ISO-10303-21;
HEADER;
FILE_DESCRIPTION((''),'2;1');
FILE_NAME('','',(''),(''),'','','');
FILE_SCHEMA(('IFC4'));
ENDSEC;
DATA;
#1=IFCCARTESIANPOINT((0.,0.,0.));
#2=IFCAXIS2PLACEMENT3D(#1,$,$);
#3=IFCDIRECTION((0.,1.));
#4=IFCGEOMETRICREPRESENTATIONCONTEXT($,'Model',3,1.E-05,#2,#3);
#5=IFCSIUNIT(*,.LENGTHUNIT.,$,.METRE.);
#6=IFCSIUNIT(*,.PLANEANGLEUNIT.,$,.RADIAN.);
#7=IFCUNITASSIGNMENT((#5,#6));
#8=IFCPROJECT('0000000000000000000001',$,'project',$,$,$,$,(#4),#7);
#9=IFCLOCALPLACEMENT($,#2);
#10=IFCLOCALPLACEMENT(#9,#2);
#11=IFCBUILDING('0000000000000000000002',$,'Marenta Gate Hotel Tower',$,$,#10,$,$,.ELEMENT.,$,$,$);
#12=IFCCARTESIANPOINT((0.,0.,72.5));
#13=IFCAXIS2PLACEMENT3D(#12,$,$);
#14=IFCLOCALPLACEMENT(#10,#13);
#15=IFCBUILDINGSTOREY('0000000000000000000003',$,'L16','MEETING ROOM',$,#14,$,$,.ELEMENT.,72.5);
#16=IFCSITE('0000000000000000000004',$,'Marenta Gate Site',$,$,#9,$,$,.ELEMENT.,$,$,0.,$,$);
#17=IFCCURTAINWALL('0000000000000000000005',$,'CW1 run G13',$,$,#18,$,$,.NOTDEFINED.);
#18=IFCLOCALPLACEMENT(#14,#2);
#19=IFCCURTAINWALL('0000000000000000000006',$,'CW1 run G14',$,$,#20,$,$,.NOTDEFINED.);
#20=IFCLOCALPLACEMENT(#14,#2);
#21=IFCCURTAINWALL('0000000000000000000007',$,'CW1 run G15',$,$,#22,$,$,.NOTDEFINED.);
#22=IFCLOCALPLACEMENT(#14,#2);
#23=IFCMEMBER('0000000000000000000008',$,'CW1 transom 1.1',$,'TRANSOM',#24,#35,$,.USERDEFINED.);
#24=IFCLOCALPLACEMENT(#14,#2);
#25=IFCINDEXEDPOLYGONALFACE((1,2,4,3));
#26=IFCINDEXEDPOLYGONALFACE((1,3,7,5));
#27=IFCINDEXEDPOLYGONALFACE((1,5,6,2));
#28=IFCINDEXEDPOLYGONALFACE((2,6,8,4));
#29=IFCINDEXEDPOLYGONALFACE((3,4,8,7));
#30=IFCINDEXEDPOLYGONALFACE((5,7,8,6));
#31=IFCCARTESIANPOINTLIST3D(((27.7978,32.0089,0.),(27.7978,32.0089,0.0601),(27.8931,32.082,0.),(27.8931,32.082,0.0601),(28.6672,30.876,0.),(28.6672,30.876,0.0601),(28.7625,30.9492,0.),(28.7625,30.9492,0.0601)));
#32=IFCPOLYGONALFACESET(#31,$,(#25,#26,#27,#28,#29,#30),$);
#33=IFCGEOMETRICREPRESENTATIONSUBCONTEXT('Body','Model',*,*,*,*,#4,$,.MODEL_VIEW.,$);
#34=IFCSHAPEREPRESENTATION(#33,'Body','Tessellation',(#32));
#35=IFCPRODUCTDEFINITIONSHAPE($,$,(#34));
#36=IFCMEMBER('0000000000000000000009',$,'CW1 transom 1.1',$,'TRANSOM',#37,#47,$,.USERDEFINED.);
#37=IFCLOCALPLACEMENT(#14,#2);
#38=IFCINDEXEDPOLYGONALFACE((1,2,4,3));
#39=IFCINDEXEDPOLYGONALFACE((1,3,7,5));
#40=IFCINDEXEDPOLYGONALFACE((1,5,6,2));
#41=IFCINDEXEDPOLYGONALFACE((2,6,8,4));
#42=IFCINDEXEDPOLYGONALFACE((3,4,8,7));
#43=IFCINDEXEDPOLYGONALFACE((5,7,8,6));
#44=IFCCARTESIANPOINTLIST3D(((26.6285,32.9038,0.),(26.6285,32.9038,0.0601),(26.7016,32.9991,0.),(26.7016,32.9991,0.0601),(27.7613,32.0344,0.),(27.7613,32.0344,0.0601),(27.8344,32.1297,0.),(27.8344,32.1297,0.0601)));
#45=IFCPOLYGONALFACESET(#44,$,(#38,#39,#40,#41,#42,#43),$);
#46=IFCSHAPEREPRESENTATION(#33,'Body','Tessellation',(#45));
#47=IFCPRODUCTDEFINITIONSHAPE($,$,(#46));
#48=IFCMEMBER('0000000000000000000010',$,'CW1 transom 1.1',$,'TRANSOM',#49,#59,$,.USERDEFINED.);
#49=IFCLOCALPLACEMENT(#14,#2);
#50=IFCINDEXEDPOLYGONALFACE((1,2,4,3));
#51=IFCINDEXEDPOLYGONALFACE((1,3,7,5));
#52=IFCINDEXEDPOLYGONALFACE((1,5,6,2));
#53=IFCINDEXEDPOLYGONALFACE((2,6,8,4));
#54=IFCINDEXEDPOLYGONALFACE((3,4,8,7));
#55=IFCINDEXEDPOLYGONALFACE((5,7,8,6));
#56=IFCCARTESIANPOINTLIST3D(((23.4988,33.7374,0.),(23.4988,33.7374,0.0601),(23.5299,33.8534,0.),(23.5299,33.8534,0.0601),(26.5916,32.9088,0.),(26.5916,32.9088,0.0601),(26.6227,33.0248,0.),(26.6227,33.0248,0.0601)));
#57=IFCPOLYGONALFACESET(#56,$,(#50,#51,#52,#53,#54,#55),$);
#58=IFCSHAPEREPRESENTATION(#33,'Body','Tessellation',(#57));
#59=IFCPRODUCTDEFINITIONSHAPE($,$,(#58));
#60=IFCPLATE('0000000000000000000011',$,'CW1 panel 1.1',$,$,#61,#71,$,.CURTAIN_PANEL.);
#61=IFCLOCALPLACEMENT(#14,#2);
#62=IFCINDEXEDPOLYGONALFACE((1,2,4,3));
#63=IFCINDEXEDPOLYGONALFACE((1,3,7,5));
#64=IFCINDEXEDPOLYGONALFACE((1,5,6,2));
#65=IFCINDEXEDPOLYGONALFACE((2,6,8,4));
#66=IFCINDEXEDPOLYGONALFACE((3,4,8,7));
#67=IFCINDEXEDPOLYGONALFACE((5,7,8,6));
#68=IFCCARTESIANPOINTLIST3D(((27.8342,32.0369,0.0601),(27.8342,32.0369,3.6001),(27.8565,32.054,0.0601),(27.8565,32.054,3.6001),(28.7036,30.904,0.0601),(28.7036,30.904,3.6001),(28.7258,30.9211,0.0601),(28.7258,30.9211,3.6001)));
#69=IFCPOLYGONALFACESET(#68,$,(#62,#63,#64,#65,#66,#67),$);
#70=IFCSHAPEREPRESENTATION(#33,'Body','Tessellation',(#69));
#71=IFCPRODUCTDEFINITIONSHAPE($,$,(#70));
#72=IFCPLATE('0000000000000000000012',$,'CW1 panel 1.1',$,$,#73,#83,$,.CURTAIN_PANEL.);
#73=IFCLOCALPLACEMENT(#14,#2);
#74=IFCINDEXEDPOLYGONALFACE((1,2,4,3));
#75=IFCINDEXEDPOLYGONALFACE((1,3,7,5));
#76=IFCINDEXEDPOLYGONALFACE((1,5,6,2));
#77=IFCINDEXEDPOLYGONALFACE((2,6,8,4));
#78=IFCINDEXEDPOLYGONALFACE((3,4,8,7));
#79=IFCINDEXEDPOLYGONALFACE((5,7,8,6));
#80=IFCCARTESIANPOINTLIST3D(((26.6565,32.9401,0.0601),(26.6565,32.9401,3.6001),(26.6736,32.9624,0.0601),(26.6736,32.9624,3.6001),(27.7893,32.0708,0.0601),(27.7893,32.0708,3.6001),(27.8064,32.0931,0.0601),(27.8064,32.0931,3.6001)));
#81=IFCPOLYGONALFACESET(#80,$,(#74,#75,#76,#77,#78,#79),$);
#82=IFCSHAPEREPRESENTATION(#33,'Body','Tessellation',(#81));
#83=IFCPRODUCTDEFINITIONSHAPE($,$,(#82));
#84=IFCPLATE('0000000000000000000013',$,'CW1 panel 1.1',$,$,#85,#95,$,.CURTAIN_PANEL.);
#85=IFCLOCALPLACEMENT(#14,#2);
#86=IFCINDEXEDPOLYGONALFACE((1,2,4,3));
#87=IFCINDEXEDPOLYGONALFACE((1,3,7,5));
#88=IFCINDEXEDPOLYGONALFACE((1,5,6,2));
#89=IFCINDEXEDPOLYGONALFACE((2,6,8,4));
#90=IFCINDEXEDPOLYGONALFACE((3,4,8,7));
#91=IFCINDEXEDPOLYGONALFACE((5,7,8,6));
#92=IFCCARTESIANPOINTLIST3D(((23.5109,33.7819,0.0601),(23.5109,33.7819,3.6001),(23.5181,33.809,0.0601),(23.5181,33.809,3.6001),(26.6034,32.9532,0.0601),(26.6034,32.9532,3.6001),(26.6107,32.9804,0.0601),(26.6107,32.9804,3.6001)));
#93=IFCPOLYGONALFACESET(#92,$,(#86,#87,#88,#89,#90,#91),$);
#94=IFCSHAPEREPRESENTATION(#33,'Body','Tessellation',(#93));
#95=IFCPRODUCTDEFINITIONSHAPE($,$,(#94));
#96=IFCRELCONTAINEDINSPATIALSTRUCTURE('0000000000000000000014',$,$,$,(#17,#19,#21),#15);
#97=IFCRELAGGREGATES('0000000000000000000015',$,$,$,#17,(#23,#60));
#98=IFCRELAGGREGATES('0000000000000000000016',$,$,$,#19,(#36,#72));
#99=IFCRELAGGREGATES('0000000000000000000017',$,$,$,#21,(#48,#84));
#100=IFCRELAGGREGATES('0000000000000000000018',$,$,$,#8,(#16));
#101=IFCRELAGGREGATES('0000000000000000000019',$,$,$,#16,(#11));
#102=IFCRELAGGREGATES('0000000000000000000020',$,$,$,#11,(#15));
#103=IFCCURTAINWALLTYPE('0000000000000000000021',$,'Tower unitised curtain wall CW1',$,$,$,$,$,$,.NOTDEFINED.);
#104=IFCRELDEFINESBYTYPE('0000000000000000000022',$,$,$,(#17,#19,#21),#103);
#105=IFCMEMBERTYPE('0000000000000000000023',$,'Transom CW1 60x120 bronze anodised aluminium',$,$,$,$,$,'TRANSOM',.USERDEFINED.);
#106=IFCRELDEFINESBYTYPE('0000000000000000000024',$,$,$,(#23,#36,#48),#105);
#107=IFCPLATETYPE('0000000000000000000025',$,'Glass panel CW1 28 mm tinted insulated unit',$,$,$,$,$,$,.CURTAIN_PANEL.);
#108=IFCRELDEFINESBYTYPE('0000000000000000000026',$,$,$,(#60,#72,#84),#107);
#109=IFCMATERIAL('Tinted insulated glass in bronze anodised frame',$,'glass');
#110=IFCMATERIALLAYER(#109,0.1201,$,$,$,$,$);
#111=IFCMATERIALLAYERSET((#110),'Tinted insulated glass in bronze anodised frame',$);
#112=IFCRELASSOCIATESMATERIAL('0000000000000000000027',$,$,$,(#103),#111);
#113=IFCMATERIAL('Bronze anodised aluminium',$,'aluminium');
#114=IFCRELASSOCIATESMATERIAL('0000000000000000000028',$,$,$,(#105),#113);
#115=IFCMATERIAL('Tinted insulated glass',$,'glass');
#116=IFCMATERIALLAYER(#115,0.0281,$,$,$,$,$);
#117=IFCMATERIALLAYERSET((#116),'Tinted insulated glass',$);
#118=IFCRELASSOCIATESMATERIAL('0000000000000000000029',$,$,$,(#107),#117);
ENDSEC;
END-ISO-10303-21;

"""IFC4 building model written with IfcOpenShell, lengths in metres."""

from ifc_helpers import new_model, si_unit, direction, frame, origin, origin_2d, place, context, subcontext, project, spatial, rectangle, extrude, material, layer, layer_set, material_profile, profile_set, type_object, element, aggregate, save


model = new_model("IFC4")

# Units and contexts
model_context = context("Model", 3, precision=1e-05, world=origin(), true_north=direction((0.0, 1.0)))
body_context = subcontext(model_context, "Body", "Model", "MODEL_VIEW")
ifc_project = project(units=[si_unit("LENGTHUNIT", "METRE"), si_unit("PLANEANGLEUNIT", "RADIAN")], contexts=[model_context])

# Site, building, storey
site_placement = place(None, origin())
site = spatial("IfcSite", under=ifc_project, at=site_placement, Name="Marenta Gate Site", CompositionType="ELEMENT", RefElevation=0.0)
building_placement = place(site_placement, origin())
building = spatial("IfcBuilding", under=site, at=building_placement, Name="Marenta Gate Hotel Tower", CompositionType="ELEMENT")
storey_placement = place(building_placement, frame((0.0, 0.0, 72.5)))
storey = spatial("IfcBuildingStorey", under=building, at=storey_placement, Name="L16", Description="MEETING ROOM", CompositionType="ELEMENT", Elevation=72.5)

# Curtain walls
ifc_material_1 = material(Name="Tinted insulated glass in bronze anodised frame", Category="glass")
ifc_layer_1 = layer(ifc_material_1, 0.1201)
ifc_layer_set_1 = layer_set([ifc_layer_1], Name="Tinted insulated glass in bronze anodised frame")
curtain_wall_type = type_object("IfcCurtainWallType", Name="Tower unitised curtain wall CW1", PredefinedType="NOTDEFINED", material=ifc_layer_set_1)
curtain_wall_1_placement = place(storey_placement, origin())
curtain_wall_1 = element("IfcCurtainWall", 1, at=curtain_wall_1_placement, inside=storey, type_object=curtain_wall_type, Name="CW1 run G13", PredefinedType="NOTDEFINED")
curtain_wall_2_placement = place(storey_placement, origin())
curtain_wall_2 = element("IfcCurtainWall", 2, at=curtain_wall_2_placement, inside=storey, type_object=curtain_wall_type, Name="CW1 run G14", PredefinedType="NOTDEFINED")

# Curtain wall
curtain_wall_3_placement = place(storey_placement, origin())
curtain_wall_3 = element("IfcCurtainWall", 3, at=curtain_wall_3_placement, inside=storey, type_object=curtain_wall_type, Name="CW1 run G15", PredefinedType="NOTDEFINED")

# Members
ifc_material_2 = material(Name="Bronze anodised aluminium", Category="aluminium")
ifc_material_profile_1 = material_profile(ifc_material_2, rectangle(XDim=0.1201, YDim=0.0601, at=origin_2d()), Name="Transom CW1 60x120 bronze anodised aluminium")
ifc_profile_set_1 = profile_set([ifc_material_profile_1], Name="Bronze anodised aluminium")
member_type_1 = type_object("IfcMemberType", Name="Transom CW1 60x120 bronze anodised aluminium", ElementType="TRANSOM", PredefinedType="USERDEFINED", material=ifc_profile_set_1)
member_1_placement = place(storey_placement, frame((28.7148, 30.9126, 0.03), z_axis=(-0.608826, 0.793304, 0.0), x_axis=(-0.793304, -0.608826, 0.0)))
member_1 = element("IfcMember", 4, at=member_1_placement, type_object=member_type_1, Name="CW1 transom 1.1", ObjectType="TRANSOM", PredefinedType="USERDEFINED", context=body_context, shape_type="SweptSolid", body=[
    extrude(rectangle(XDim=0.1201, YDim=0.0601, at=origin_2d()), origin(), (0.0, 0.0, 1.0), 1.428),
])
member_2_placement = place(storey_placement, frame((27.7979, 32.082, 0.03), z_axis=(-0.793304, 0.608826, 0.0), x_axis=(-0.608826, -0.793304, 0.0)))
member_2 = element("IfcMember", 5, at=member_2_placement, type_object=member_type_1, Name="CW1 transom 1.1", ObjectType="TRANSOM", PredefinedType="USERDEFINED", context=body_context, shape_type="SweptSolid", body=[
    extrude(rectangle(XDim=0.1201, YDim=0.0601, at=origin_2d()), origin(), (0.0, 0.0, 1.0), 1.428),
])
member_3_placement = place(storey_placement, frame((26.6072, 32.9668, 0.03), z_axis=(-0.965933, 0.258792, 0.0), x_axis=(-0.258792, -0.965933, 0.0)))
member_3 = element("IfcMember", 6, at=member_3_placement, type_object=member_type_1, Name="CW1 transom 1.1", ObjectType="TRANSOM", PredefinedType="USERDEFINED", context=body_context, shape_type="SweptSolid", body=[
    extrude(rectangle(XDim=0.1201, YDim=0.0601, at=origin_2d()), origin(), (0.0, 0.0, 1.0), 3.2019),
])

# Plates
ifc_material_3 = material(Name="Tinted insulated glass", Category="glass")
ifc_layer_2 = layer(ifc_material_3, 0.0281)
ifc_layer_set_2 = layer_set([ifc_layer_2], Name="Tinted insulated glass")
plate_type = type_object("IfcPlateType", Name="Glass panel CW1 28 mm tinted insulated unit", PredefinedType="CURTAIN_PANEL", material=ifc_layer_set_2)
plate_1_placement = place(storey_placement, frame((28.28, 31.479, 0.0601), z_axis=(0.0, 0.0, 1.0), x_axis=(-0.608781, 0.793338, 0.0)))
plate_1 = element("IfcPlate", 7, at=plate_1_placement, type_object=plate_type, Name="CW1 panel 1.1", PredefinedType="CURTAIN_PANEL", context=body_context, shape_type="SweptSolid", body=[
    extrude(rectangle(XDim=1.428, YDim=0.0281, at=origin_2d()), origin(), (0.0, 0.0, 1.0), 3.54),
])
aggregate(curtain_wall_1, [member_1, plate_1])
plate_2_placement = place(storey_placement, frame((27.2314, 32.5166, 0.0601), z_axis=(0.0, 0.0, 1.0), x_axis=(-0.793338, 0.608781, 0.0)))
plate_2 = element("IfcPlate", 8, at=plate_2_placement, type_object=plate_type, Name="CW1 panel 1.1", PredefinedType="CURTAIN_PANEL", context=body_context, shape_type="SweptSolid", body=[
    extrude(rectangle(XDim=1.428, YDim=0.0281, at=origin_2d()), origin(), (0.0, 0.0, 1.0), 3.54),
])
aggregate(curtain_wall_2, [member_2, plate_2])
plate_3_placement = place(storey_placement, frame((25.0608, 33.3811, 0.0601), z_axis=(0.0, 0.0, 1.0), x_axis=(-0.965929, 0.258807, 0.0)))
plate_3 = element("IfcPlate", 9, at=plate_3_placement, type_object=plate_type, Name="CW1 panel 1.1", PredefinedType="CURTAIN_PANEL", context=body_context, shape_type="SweptSolid", body=[
    extrude(rectangle(XDim=3.2017, YDim=0.0281, at=origin_2d()), origin(), (0.0, 0.0, 1.0), 3.54),
])
aggregate(curtain_wall_3, [member_3, plate_3])

save(model, "model.ifc")
